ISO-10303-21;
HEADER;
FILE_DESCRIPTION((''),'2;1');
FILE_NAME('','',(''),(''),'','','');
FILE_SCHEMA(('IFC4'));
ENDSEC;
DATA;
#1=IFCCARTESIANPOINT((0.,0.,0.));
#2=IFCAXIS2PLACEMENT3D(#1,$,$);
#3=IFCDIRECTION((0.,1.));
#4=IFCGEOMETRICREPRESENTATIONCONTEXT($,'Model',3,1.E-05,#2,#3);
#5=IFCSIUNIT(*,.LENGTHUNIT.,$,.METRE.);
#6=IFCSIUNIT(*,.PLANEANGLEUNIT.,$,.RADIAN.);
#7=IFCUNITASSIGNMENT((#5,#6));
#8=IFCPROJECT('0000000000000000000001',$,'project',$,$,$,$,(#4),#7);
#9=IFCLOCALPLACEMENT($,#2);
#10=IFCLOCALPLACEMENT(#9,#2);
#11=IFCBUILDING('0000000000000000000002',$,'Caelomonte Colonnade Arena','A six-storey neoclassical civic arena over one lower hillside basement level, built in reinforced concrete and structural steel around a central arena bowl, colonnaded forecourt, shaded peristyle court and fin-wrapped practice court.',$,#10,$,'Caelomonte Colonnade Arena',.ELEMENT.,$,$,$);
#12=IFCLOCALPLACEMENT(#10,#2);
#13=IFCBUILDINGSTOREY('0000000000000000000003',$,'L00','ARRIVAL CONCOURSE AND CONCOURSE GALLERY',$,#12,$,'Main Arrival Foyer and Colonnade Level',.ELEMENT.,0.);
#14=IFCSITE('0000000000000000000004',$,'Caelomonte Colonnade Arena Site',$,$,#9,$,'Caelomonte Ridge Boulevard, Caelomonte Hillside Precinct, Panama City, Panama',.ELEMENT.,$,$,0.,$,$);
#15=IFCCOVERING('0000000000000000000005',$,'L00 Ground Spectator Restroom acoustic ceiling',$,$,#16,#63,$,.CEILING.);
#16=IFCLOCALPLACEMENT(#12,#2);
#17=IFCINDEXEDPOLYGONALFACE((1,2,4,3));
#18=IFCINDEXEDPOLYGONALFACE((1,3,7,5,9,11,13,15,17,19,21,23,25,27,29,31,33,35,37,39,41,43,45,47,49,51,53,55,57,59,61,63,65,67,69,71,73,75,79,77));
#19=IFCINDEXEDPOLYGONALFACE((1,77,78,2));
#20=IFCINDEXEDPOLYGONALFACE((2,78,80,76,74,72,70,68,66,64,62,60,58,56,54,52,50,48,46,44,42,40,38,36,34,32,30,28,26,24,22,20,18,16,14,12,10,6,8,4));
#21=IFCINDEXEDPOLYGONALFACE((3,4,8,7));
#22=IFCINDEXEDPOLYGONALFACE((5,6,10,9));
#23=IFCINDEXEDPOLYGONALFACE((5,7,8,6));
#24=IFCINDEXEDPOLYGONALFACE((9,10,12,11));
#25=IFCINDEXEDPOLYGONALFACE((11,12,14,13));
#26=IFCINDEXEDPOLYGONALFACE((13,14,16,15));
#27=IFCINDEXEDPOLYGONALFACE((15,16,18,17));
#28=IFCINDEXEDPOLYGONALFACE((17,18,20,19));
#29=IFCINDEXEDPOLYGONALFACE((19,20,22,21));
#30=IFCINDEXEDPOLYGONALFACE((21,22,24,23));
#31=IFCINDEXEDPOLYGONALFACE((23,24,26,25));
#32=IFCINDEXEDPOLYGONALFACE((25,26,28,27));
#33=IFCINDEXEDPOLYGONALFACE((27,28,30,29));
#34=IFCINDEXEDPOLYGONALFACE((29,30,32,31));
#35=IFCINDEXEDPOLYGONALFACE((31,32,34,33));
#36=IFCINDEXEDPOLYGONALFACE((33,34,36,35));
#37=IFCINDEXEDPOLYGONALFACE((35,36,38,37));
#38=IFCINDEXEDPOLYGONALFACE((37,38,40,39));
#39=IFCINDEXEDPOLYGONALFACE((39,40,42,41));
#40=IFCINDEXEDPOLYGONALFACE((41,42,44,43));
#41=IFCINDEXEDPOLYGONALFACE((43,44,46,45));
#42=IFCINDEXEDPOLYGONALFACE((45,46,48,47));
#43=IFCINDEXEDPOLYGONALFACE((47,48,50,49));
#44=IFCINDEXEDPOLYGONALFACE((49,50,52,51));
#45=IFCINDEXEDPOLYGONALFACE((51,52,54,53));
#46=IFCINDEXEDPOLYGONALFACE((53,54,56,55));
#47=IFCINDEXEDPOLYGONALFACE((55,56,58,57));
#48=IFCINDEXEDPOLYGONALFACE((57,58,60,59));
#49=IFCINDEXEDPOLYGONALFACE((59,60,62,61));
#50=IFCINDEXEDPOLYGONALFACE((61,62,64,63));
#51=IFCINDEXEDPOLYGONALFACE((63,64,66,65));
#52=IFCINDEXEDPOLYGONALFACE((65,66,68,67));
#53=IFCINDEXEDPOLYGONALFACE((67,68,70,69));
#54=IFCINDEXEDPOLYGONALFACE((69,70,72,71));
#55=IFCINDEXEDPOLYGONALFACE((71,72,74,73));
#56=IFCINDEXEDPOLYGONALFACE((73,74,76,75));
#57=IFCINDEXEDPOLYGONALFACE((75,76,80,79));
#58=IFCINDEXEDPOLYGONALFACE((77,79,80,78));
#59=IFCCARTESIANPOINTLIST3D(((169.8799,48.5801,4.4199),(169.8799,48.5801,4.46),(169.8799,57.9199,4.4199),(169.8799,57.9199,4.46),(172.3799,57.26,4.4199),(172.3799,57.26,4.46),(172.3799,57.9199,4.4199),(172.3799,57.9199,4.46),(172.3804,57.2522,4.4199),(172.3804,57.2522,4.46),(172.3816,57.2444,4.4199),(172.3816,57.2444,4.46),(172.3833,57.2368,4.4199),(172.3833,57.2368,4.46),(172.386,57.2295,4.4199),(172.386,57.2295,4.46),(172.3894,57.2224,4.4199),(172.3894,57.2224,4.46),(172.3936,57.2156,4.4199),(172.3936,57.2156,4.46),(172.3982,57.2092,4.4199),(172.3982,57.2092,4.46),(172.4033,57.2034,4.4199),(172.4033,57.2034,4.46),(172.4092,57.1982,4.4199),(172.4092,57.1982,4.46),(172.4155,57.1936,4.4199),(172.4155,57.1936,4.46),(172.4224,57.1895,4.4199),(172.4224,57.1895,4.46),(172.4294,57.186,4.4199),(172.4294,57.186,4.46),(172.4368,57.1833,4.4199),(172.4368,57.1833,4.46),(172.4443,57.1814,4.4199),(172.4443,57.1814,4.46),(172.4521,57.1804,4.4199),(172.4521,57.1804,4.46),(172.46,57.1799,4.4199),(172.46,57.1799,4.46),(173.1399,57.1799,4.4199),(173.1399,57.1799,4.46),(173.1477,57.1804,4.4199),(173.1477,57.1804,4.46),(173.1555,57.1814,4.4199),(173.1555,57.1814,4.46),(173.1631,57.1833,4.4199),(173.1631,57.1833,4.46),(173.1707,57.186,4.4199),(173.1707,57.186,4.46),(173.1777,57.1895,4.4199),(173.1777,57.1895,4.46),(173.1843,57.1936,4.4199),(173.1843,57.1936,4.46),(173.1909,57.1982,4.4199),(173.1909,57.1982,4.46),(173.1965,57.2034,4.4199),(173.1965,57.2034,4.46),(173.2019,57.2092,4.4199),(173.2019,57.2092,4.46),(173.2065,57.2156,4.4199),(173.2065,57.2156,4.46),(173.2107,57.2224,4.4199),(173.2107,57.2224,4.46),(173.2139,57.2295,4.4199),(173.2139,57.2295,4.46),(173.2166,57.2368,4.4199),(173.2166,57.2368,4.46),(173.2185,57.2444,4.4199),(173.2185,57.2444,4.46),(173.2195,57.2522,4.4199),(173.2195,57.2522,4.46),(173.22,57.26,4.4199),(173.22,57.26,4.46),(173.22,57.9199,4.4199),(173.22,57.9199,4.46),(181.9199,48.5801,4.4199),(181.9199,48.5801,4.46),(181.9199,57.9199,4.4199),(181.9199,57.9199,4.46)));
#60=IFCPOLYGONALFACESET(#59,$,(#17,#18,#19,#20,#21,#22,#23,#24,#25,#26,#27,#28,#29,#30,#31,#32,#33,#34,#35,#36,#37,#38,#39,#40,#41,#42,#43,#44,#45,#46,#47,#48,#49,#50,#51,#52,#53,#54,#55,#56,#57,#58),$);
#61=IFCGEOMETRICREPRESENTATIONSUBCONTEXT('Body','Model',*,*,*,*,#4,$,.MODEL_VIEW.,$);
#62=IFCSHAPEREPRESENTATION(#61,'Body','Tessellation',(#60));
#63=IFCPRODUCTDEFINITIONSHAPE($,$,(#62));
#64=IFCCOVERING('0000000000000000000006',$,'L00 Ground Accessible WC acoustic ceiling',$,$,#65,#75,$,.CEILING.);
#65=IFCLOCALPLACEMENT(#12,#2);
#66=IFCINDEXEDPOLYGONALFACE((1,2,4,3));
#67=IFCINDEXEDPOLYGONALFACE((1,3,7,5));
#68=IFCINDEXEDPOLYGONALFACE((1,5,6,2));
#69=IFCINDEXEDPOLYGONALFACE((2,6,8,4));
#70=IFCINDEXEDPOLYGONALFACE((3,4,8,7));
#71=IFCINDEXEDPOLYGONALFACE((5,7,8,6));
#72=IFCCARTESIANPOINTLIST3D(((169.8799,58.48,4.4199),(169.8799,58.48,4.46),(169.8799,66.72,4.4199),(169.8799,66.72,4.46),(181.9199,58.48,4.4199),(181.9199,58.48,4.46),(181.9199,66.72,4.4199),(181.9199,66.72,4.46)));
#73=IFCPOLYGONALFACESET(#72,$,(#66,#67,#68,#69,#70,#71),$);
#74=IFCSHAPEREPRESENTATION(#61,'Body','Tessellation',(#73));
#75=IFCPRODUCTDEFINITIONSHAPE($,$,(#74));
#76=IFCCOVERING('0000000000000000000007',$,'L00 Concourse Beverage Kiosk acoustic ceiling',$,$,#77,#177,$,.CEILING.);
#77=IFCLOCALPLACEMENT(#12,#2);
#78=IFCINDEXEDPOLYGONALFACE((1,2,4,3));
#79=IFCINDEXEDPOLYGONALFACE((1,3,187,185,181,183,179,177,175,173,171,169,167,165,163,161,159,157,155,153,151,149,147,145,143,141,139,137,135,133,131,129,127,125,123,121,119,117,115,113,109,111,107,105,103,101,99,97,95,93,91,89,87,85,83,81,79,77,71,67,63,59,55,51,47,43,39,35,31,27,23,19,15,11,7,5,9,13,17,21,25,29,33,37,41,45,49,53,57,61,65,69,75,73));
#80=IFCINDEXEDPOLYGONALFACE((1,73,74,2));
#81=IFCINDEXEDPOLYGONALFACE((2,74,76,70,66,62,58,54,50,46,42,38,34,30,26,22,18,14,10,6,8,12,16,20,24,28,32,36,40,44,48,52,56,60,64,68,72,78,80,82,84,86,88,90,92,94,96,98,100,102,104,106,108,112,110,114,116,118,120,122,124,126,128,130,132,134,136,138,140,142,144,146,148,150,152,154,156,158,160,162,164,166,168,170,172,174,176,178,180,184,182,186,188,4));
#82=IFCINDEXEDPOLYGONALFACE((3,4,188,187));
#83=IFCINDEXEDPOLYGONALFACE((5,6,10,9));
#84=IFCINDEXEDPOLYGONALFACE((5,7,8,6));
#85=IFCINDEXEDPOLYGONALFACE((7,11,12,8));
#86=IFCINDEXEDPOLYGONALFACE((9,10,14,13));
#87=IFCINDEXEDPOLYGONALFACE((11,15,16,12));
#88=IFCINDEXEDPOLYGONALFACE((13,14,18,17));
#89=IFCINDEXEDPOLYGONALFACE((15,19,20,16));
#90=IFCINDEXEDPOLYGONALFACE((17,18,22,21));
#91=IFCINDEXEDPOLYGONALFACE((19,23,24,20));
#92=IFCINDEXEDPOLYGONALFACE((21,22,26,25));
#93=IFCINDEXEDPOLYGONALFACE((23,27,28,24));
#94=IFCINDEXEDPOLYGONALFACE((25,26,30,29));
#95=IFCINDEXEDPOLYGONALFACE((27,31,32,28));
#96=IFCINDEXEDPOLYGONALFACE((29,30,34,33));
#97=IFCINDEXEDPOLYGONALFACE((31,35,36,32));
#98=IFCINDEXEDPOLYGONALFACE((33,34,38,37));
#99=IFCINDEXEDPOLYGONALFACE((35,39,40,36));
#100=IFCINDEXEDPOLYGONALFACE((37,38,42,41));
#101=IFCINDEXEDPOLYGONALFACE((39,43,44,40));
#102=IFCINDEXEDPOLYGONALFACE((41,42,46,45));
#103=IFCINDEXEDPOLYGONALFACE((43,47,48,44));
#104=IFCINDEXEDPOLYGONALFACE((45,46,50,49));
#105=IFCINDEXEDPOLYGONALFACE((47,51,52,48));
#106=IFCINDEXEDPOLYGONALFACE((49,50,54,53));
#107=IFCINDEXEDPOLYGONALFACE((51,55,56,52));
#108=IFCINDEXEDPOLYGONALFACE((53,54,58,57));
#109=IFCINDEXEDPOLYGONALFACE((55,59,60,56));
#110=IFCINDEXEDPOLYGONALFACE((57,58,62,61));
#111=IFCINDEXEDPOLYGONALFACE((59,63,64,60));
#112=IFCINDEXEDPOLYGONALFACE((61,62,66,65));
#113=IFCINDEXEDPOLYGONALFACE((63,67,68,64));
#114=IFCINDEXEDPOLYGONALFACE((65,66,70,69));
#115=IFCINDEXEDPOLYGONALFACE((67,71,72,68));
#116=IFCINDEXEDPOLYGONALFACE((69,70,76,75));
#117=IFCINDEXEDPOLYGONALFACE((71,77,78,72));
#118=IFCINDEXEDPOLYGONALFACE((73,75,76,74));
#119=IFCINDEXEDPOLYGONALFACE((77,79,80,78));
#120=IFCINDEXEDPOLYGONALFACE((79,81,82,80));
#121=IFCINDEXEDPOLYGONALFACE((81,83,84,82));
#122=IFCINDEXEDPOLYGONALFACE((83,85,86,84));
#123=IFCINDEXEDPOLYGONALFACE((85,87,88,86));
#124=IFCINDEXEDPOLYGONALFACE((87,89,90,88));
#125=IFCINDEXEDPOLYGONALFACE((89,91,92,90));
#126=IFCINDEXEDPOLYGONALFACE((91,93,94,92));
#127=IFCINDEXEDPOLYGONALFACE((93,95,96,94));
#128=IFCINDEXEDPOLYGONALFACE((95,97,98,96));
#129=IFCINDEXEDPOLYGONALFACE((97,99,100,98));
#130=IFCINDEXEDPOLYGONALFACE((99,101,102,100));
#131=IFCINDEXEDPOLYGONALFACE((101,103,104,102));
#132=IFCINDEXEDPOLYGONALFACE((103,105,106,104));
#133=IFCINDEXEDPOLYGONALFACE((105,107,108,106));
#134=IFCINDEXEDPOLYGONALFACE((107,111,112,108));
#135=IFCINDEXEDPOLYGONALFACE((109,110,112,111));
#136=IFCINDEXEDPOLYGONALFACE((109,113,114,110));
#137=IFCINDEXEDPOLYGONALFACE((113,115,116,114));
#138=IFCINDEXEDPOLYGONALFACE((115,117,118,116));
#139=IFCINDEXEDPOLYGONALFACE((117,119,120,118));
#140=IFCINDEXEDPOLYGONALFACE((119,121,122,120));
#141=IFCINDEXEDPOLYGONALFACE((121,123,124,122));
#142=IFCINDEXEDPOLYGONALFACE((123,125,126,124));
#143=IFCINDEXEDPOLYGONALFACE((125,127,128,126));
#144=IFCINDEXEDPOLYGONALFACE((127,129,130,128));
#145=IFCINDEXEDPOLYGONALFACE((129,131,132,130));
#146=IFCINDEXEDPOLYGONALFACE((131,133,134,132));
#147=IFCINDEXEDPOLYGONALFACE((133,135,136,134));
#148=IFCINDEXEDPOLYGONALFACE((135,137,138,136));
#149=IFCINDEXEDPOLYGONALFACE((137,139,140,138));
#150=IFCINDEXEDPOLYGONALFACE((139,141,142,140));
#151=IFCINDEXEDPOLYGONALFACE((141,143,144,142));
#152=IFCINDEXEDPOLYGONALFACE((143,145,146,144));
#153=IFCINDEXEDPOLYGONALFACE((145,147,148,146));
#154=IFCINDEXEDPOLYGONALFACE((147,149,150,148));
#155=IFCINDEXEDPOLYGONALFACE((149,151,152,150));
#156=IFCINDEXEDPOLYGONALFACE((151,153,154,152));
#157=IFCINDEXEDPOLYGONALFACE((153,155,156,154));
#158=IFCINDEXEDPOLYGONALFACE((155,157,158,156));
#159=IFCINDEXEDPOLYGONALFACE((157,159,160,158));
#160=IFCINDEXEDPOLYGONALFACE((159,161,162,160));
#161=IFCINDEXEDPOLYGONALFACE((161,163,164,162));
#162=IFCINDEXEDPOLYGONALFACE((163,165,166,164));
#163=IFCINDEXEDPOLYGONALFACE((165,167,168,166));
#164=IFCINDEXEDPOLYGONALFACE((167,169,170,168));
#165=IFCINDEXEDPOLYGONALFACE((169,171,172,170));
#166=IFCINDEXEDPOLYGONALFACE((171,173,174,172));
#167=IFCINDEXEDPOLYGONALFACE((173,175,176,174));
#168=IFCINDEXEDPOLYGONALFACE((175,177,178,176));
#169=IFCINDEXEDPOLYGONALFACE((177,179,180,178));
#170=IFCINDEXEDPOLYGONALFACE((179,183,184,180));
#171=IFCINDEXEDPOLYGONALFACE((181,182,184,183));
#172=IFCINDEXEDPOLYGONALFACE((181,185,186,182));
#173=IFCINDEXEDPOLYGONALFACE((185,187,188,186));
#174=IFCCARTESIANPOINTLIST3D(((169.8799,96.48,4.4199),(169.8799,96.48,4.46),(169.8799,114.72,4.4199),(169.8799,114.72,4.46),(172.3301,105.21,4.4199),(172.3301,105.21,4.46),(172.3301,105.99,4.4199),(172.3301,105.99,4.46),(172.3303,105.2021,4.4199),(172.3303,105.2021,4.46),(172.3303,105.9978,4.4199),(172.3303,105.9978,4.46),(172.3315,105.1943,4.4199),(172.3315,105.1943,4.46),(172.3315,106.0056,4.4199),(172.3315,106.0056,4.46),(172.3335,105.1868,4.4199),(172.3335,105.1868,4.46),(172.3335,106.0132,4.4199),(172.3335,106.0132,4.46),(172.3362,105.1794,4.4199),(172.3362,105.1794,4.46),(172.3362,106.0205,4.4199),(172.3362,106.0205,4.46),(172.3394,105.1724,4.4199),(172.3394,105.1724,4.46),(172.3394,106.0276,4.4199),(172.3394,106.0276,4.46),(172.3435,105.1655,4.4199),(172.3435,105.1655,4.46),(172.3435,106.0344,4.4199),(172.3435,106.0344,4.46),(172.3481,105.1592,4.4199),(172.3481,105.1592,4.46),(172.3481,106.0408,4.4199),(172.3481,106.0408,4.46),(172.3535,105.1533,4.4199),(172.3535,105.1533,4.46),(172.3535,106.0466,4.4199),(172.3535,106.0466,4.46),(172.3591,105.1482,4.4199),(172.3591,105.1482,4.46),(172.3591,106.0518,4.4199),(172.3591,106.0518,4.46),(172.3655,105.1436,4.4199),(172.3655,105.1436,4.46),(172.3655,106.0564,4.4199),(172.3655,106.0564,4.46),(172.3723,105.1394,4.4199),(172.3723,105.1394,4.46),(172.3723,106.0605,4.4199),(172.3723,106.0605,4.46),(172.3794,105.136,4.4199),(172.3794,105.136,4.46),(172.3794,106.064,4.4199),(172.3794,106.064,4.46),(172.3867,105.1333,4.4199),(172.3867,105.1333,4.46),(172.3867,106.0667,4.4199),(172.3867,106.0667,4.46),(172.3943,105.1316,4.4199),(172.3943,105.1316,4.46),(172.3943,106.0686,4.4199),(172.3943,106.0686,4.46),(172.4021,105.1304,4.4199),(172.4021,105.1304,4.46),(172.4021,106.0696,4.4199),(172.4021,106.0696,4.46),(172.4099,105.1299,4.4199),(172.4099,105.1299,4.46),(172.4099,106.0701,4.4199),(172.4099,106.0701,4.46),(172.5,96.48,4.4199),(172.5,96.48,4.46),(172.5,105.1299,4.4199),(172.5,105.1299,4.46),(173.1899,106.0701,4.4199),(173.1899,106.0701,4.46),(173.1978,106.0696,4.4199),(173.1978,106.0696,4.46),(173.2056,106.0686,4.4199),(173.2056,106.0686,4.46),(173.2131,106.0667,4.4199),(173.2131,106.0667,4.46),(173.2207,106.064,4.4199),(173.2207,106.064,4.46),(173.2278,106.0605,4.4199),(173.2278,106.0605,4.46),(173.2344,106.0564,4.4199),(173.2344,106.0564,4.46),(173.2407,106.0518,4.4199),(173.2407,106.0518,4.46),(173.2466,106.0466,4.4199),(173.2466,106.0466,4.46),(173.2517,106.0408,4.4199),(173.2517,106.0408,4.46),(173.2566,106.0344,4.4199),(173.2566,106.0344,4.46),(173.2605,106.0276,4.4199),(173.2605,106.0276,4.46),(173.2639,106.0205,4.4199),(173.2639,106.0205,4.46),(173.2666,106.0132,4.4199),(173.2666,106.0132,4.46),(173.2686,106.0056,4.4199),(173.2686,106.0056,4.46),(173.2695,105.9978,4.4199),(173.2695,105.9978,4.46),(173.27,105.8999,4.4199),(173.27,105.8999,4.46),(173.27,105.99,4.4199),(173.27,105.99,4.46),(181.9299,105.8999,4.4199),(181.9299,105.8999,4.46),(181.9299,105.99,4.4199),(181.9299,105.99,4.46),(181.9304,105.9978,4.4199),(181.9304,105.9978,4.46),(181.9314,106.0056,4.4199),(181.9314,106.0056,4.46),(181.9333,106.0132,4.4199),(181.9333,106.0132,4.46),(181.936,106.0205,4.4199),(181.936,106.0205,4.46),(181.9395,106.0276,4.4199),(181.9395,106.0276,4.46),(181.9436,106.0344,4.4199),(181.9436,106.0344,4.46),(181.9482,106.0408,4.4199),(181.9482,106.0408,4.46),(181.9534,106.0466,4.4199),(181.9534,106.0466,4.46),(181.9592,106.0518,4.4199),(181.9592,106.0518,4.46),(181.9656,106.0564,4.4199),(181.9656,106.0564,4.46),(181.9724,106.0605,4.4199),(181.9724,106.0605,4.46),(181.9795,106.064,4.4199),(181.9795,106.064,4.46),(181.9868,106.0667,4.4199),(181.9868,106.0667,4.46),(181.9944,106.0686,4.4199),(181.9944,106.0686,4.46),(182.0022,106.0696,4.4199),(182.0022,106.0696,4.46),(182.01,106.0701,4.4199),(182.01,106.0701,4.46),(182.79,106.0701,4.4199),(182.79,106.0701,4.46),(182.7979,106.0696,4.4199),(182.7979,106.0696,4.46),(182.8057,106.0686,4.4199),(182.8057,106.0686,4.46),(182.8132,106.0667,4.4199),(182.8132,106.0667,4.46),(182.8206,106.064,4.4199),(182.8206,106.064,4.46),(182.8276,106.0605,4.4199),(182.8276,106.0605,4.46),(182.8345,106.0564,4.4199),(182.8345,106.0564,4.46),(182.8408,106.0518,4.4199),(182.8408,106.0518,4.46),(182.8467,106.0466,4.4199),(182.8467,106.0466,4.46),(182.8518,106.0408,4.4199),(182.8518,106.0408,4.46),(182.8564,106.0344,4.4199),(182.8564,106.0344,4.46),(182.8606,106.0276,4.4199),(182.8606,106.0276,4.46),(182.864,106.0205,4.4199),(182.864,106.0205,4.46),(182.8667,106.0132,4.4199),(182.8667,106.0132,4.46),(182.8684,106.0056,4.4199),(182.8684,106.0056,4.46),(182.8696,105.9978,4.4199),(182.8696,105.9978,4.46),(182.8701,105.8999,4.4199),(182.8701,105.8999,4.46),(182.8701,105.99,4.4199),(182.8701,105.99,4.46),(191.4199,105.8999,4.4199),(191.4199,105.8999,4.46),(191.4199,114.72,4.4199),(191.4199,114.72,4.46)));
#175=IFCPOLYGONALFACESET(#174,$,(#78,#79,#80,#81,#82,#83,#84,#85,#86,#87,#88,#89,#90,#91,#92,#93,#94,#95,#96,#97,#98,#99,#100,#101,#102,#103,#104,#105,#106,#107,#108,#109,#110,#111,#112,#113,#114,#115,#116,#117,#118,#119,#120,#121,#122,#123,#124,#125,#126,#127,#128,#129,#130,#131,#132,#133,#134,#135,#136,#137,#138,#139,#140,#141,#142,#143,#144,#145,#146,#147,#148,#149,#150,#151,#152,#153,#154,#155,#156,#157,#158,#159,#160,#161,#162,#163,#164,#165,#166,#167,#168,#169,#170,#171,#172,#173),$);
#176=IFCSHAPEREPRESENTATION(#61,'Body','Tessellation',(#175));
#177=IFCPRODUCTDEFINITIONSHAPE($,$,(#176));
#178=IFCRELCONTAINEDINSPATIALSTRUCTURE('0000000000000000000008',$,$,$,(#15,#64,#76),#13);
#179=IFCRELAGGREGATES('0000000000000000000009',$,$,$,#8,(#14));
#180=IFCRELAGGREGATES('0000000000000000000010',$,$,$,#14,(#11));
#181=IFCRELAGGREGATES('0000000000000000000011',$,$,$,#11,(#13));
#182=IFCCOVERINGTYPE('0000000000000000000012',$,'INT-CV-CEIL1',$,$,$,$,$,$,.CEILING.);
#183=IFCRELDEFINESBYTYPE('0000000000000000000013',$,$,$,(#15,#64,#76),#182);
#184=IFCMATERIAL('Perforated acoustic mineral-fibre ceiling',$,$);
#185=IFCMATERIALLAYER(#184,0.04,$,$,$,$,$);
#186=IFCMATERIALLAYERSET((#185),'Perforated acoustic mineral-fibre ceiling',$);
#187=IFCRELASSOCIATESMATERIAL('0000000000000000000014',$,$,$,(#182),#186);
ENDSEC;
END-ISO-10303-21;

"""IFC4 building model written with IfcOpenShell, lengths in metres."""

from ifc_helpers import new_model, si_unit, direction, frame, origin, place, context, subcontext, project, spatial, polyline, outline, extrude, material, layer, layer_set, type_object, element, save


model = new_model("IFC4")

# Units and contexts
model_context = context("Model", 3, precision=1e-05, world=origin(), true_north=direction((0.0, 1.0)))
body_context = subcontext(model_context, "Body", "Model", "MODEL_VIEW")
ifc_project = project(units=[si_unit("LENGTHUNIT", "METRE"), si_unit("PLANEANGLEUNIT", "RADIAN")], contexts=[model_context])

# Site, building, storey
site_placement = place(None, origin())
site = spatial("IfcSite", under=ifc_project, at=site_placement, Name="Caelomonte Colonnade Arena Site", LongName="Caelomonte Ridge Boulevard, Caelomonte Hillside Precinct, Panama City, Panama", CompositionType="ELEMENT", RefElevation=0.0)
building_placement = place(site_placement, origin())
building = spatial("IfcBuilding", under=site, at=building_placement, Name="Caelomonte Colonnade Arena", Description="A six-storey neoclassical civic arena over one lower hillside basement level, built in reinforced concrete and structural steel around a central arena bowl, colonnaded forecourt, shaded peristyle court and fin-wrapped practice court.", LongName="Caelomonte Colonnade Arena", CompositionType="ELEMENT")
storey_placement = place(building_placement, origin())
storey = spatial("IfcBuildingStorey", under=building, at=storey_placement, Name="L00", Description="ARRIVAL CONCOURSE AND CONCOURSE GALLERY", LongName="Main Arrival Foyer and Colonnade Level", CompositionType="ELEMENT", Elevation=0.0)

# Coverings
ifc_material_1 = material(Name="Perforated acoustic mineral-fibre ceiling")
ifc_layer_1 = layer(ifc_material_1, 0.04)
ifc_layer_set_1 = layer_set([ifc_layer_1], Name="Perforated acoustic mineral-fibre ceiling")
covering_type = type_object("IfcCoveringType", Name="INT-CV-CEIL1", PredefinedType="CEILING", material=ifc_layer_set_1)
covering_1_placement = place(storey_placement, frame((0.0, 0.0, 4.4199)))
element("IfcCovering", 1, at=covering_1_placement, inside=storey, type_object=covering_type, Name="L00 Ground Spectator Restroom acoustic ceiling", PredefinedType="CEILING", context=body_context, shape_type="SweptSolid", body=[
    extrude(outline(polyline([(172.3799, 57.9199), (169.8799, 57.9199), (169.8799, 48.5801), (181.9199, 48.5801), (181.9199, 57.9199), (173.22, 57.9199), (173.22, 57.26), (173.2195, 57.2522), (173.2185, 57.2444), (173.2166, 57.2368), (173.2139, 57.2295), (173.2107, 57.2224), (173.2065, 57.2156), (173.2019, 57.2092), (173.1965, 57.2034), (173.1909, 57.1982), (173.1843, 57.1936), (173.1777, 57.1895), (173.1707, 57.186), (173.1631, 57.1833), (173.1555, 57.1814), (173.1477, 57.1804), (173.1399, 57.1799), (172.46, 57.1799), (172.4521, 57.1804), (172.4443, 57.1814), (172.4368, 57.1833), (172.4294, 57.186), (172.4224, 57.1895), (172.4155, 57.1936), (172.4092, 57.1982), (172.4033, 57.2034), (172.3982, 57.2092), (172.3936, 57.2156), (172.3894, 57.2224), (172.386, 57.2295), (172.3833, 57.2368), (172.3816, 57.2444), (172.3804, 57.2522), (172.3799, 57.26), (172.3799, 57.9199)])), origin(), (0.0, 0.0, 1.0), 0.04),
])
covering_2_placement = place(storey_placement, frame((0.0, 0.0, 4.4199)))
element("IfcCovering", 2, at=covering_2_placement, inside=storey, type_object=covering_type, Name="L00 Ground Accessible WC acoustic ceiling", PredefinedType="CEILING", context=body_context, shape_type="SweptSolid", body=[
    extrude(outline(polyline([(181.9199, 66.72), (169.8799, 66.72), (169.8799, 58.48), (181.9199, 58.48), (181.9199, 66.72)])), origin(), (0.0, 0.0, 1.0), 0.04),
])
covering_3_placement = place(storey_placement, frame((0.0, 0.0, 4.4199)))
element("IfcCovering", 3, at=covering_3_placement, inside=storey, type_object=covering_type, Name="L00 Concourse Beverage Kiosk acoustic ceiling", PredefinedType="CEILING", context=body_context, shape_type="SweptSolid", body=[
    extrude(outline(polyline([(182.8696, 105.9978), (182.8701, 105.99), (182.8701, 105.8999), (191.4199, 105.8999), (191.4199, 114.72), (169.8799, 114.72), (169.8799, 96.48), (172.5, 96.48), (172.5, 105.1299), (172.4099, 105.1299), (172.4021, 105.1304), (172.3943, 105.1316), (172.3867, 105.1333), (172.3794, 105.136), (172.3723, 105.1394), (172.3655, 105.1436), (172.3591, 105.1482), (172.3535, 105.1533), (172.3481, 105.1592), (172.3435, 105.1655), (172.3394, 105.1724), (172.3362, 105.1794), (172.3335, 105.1868), (172.3315, 105.1943), (172.3303, 105.2021), (172.3301, 105.21), (172.3301, 105.99), (172.3303, 105.9978), (172.3315, 106.0056), (172.3335, 106.0132), (172.3362, 106.0205), (172.3394, 106.0276), (172.3435, 106.0344), (172.3481, 106.0408), (172.3535, 106.0466), (172.3591, 106.0518), (172.3655, 106.0564), (172.3723, 106.0605), (172.3794, 106.064), (172.3867, 106.0667), (172.3943, 106.0686), (172.4021, 106.0696), (172.4099, 106.0701), (173.1899, 106.0701), (173.1978, 106.0696), (173.2056, 106.0686), (173.2131, 106.0667), (173.2207, 106.064), (173.2278, 106.0605), (173.2344, 106.0564), (173.2407, 106.0518), (173.2466, 106.0466), (173.2517, 106.0408), (173.2566, 106.0344), (173.2605, 106.0276), (173.2639, 106.0205), (173.2666, 106.0132), (173.2686, 106.0056), (173.2695, 105.9978), (173.27, 105.99), (173.27, 105.8999), (181.9299, 105.8999), (181.9299, 105.99), (181.9304, 105.9978), (181.9314, 106.0056), (181.9333, 106.0132), (181.936, 106.0205), (181.9395, 106.0276), (181.9436, 106.0344), (181.9482, 106.0408), (181.9534, 106.0466), (181.9592, 106.0518), (181.9656, 106.0564), (181.9724, 106.0605), (181.9795, 106.064), (181.9868, 106.0667), (181.9944, 106.0686), (182.0022, 106.0696), (182.01, 106.0701), (182.79, 106.0701), (182.7979, 106.0696), (182.8057, 106.0686), (182.8132, 106.0667), (182.8206, 106.064), (182.8276, 106.0605), (182.8345, 106.0564), (182.8408, 106.0518), (182.8467, 106.0466), (182.8518, 106.0408), (182.8564, 106.0344), (182.8606, 106.0276), (182.864, 106.0205), (182.8667, 106.0132), (182.8684, 106.0056), (182.8696, 105.9978)])), origin(), (0.0, 0.0, 1.0), 0.04),
])

save(model, "model.ifc")
